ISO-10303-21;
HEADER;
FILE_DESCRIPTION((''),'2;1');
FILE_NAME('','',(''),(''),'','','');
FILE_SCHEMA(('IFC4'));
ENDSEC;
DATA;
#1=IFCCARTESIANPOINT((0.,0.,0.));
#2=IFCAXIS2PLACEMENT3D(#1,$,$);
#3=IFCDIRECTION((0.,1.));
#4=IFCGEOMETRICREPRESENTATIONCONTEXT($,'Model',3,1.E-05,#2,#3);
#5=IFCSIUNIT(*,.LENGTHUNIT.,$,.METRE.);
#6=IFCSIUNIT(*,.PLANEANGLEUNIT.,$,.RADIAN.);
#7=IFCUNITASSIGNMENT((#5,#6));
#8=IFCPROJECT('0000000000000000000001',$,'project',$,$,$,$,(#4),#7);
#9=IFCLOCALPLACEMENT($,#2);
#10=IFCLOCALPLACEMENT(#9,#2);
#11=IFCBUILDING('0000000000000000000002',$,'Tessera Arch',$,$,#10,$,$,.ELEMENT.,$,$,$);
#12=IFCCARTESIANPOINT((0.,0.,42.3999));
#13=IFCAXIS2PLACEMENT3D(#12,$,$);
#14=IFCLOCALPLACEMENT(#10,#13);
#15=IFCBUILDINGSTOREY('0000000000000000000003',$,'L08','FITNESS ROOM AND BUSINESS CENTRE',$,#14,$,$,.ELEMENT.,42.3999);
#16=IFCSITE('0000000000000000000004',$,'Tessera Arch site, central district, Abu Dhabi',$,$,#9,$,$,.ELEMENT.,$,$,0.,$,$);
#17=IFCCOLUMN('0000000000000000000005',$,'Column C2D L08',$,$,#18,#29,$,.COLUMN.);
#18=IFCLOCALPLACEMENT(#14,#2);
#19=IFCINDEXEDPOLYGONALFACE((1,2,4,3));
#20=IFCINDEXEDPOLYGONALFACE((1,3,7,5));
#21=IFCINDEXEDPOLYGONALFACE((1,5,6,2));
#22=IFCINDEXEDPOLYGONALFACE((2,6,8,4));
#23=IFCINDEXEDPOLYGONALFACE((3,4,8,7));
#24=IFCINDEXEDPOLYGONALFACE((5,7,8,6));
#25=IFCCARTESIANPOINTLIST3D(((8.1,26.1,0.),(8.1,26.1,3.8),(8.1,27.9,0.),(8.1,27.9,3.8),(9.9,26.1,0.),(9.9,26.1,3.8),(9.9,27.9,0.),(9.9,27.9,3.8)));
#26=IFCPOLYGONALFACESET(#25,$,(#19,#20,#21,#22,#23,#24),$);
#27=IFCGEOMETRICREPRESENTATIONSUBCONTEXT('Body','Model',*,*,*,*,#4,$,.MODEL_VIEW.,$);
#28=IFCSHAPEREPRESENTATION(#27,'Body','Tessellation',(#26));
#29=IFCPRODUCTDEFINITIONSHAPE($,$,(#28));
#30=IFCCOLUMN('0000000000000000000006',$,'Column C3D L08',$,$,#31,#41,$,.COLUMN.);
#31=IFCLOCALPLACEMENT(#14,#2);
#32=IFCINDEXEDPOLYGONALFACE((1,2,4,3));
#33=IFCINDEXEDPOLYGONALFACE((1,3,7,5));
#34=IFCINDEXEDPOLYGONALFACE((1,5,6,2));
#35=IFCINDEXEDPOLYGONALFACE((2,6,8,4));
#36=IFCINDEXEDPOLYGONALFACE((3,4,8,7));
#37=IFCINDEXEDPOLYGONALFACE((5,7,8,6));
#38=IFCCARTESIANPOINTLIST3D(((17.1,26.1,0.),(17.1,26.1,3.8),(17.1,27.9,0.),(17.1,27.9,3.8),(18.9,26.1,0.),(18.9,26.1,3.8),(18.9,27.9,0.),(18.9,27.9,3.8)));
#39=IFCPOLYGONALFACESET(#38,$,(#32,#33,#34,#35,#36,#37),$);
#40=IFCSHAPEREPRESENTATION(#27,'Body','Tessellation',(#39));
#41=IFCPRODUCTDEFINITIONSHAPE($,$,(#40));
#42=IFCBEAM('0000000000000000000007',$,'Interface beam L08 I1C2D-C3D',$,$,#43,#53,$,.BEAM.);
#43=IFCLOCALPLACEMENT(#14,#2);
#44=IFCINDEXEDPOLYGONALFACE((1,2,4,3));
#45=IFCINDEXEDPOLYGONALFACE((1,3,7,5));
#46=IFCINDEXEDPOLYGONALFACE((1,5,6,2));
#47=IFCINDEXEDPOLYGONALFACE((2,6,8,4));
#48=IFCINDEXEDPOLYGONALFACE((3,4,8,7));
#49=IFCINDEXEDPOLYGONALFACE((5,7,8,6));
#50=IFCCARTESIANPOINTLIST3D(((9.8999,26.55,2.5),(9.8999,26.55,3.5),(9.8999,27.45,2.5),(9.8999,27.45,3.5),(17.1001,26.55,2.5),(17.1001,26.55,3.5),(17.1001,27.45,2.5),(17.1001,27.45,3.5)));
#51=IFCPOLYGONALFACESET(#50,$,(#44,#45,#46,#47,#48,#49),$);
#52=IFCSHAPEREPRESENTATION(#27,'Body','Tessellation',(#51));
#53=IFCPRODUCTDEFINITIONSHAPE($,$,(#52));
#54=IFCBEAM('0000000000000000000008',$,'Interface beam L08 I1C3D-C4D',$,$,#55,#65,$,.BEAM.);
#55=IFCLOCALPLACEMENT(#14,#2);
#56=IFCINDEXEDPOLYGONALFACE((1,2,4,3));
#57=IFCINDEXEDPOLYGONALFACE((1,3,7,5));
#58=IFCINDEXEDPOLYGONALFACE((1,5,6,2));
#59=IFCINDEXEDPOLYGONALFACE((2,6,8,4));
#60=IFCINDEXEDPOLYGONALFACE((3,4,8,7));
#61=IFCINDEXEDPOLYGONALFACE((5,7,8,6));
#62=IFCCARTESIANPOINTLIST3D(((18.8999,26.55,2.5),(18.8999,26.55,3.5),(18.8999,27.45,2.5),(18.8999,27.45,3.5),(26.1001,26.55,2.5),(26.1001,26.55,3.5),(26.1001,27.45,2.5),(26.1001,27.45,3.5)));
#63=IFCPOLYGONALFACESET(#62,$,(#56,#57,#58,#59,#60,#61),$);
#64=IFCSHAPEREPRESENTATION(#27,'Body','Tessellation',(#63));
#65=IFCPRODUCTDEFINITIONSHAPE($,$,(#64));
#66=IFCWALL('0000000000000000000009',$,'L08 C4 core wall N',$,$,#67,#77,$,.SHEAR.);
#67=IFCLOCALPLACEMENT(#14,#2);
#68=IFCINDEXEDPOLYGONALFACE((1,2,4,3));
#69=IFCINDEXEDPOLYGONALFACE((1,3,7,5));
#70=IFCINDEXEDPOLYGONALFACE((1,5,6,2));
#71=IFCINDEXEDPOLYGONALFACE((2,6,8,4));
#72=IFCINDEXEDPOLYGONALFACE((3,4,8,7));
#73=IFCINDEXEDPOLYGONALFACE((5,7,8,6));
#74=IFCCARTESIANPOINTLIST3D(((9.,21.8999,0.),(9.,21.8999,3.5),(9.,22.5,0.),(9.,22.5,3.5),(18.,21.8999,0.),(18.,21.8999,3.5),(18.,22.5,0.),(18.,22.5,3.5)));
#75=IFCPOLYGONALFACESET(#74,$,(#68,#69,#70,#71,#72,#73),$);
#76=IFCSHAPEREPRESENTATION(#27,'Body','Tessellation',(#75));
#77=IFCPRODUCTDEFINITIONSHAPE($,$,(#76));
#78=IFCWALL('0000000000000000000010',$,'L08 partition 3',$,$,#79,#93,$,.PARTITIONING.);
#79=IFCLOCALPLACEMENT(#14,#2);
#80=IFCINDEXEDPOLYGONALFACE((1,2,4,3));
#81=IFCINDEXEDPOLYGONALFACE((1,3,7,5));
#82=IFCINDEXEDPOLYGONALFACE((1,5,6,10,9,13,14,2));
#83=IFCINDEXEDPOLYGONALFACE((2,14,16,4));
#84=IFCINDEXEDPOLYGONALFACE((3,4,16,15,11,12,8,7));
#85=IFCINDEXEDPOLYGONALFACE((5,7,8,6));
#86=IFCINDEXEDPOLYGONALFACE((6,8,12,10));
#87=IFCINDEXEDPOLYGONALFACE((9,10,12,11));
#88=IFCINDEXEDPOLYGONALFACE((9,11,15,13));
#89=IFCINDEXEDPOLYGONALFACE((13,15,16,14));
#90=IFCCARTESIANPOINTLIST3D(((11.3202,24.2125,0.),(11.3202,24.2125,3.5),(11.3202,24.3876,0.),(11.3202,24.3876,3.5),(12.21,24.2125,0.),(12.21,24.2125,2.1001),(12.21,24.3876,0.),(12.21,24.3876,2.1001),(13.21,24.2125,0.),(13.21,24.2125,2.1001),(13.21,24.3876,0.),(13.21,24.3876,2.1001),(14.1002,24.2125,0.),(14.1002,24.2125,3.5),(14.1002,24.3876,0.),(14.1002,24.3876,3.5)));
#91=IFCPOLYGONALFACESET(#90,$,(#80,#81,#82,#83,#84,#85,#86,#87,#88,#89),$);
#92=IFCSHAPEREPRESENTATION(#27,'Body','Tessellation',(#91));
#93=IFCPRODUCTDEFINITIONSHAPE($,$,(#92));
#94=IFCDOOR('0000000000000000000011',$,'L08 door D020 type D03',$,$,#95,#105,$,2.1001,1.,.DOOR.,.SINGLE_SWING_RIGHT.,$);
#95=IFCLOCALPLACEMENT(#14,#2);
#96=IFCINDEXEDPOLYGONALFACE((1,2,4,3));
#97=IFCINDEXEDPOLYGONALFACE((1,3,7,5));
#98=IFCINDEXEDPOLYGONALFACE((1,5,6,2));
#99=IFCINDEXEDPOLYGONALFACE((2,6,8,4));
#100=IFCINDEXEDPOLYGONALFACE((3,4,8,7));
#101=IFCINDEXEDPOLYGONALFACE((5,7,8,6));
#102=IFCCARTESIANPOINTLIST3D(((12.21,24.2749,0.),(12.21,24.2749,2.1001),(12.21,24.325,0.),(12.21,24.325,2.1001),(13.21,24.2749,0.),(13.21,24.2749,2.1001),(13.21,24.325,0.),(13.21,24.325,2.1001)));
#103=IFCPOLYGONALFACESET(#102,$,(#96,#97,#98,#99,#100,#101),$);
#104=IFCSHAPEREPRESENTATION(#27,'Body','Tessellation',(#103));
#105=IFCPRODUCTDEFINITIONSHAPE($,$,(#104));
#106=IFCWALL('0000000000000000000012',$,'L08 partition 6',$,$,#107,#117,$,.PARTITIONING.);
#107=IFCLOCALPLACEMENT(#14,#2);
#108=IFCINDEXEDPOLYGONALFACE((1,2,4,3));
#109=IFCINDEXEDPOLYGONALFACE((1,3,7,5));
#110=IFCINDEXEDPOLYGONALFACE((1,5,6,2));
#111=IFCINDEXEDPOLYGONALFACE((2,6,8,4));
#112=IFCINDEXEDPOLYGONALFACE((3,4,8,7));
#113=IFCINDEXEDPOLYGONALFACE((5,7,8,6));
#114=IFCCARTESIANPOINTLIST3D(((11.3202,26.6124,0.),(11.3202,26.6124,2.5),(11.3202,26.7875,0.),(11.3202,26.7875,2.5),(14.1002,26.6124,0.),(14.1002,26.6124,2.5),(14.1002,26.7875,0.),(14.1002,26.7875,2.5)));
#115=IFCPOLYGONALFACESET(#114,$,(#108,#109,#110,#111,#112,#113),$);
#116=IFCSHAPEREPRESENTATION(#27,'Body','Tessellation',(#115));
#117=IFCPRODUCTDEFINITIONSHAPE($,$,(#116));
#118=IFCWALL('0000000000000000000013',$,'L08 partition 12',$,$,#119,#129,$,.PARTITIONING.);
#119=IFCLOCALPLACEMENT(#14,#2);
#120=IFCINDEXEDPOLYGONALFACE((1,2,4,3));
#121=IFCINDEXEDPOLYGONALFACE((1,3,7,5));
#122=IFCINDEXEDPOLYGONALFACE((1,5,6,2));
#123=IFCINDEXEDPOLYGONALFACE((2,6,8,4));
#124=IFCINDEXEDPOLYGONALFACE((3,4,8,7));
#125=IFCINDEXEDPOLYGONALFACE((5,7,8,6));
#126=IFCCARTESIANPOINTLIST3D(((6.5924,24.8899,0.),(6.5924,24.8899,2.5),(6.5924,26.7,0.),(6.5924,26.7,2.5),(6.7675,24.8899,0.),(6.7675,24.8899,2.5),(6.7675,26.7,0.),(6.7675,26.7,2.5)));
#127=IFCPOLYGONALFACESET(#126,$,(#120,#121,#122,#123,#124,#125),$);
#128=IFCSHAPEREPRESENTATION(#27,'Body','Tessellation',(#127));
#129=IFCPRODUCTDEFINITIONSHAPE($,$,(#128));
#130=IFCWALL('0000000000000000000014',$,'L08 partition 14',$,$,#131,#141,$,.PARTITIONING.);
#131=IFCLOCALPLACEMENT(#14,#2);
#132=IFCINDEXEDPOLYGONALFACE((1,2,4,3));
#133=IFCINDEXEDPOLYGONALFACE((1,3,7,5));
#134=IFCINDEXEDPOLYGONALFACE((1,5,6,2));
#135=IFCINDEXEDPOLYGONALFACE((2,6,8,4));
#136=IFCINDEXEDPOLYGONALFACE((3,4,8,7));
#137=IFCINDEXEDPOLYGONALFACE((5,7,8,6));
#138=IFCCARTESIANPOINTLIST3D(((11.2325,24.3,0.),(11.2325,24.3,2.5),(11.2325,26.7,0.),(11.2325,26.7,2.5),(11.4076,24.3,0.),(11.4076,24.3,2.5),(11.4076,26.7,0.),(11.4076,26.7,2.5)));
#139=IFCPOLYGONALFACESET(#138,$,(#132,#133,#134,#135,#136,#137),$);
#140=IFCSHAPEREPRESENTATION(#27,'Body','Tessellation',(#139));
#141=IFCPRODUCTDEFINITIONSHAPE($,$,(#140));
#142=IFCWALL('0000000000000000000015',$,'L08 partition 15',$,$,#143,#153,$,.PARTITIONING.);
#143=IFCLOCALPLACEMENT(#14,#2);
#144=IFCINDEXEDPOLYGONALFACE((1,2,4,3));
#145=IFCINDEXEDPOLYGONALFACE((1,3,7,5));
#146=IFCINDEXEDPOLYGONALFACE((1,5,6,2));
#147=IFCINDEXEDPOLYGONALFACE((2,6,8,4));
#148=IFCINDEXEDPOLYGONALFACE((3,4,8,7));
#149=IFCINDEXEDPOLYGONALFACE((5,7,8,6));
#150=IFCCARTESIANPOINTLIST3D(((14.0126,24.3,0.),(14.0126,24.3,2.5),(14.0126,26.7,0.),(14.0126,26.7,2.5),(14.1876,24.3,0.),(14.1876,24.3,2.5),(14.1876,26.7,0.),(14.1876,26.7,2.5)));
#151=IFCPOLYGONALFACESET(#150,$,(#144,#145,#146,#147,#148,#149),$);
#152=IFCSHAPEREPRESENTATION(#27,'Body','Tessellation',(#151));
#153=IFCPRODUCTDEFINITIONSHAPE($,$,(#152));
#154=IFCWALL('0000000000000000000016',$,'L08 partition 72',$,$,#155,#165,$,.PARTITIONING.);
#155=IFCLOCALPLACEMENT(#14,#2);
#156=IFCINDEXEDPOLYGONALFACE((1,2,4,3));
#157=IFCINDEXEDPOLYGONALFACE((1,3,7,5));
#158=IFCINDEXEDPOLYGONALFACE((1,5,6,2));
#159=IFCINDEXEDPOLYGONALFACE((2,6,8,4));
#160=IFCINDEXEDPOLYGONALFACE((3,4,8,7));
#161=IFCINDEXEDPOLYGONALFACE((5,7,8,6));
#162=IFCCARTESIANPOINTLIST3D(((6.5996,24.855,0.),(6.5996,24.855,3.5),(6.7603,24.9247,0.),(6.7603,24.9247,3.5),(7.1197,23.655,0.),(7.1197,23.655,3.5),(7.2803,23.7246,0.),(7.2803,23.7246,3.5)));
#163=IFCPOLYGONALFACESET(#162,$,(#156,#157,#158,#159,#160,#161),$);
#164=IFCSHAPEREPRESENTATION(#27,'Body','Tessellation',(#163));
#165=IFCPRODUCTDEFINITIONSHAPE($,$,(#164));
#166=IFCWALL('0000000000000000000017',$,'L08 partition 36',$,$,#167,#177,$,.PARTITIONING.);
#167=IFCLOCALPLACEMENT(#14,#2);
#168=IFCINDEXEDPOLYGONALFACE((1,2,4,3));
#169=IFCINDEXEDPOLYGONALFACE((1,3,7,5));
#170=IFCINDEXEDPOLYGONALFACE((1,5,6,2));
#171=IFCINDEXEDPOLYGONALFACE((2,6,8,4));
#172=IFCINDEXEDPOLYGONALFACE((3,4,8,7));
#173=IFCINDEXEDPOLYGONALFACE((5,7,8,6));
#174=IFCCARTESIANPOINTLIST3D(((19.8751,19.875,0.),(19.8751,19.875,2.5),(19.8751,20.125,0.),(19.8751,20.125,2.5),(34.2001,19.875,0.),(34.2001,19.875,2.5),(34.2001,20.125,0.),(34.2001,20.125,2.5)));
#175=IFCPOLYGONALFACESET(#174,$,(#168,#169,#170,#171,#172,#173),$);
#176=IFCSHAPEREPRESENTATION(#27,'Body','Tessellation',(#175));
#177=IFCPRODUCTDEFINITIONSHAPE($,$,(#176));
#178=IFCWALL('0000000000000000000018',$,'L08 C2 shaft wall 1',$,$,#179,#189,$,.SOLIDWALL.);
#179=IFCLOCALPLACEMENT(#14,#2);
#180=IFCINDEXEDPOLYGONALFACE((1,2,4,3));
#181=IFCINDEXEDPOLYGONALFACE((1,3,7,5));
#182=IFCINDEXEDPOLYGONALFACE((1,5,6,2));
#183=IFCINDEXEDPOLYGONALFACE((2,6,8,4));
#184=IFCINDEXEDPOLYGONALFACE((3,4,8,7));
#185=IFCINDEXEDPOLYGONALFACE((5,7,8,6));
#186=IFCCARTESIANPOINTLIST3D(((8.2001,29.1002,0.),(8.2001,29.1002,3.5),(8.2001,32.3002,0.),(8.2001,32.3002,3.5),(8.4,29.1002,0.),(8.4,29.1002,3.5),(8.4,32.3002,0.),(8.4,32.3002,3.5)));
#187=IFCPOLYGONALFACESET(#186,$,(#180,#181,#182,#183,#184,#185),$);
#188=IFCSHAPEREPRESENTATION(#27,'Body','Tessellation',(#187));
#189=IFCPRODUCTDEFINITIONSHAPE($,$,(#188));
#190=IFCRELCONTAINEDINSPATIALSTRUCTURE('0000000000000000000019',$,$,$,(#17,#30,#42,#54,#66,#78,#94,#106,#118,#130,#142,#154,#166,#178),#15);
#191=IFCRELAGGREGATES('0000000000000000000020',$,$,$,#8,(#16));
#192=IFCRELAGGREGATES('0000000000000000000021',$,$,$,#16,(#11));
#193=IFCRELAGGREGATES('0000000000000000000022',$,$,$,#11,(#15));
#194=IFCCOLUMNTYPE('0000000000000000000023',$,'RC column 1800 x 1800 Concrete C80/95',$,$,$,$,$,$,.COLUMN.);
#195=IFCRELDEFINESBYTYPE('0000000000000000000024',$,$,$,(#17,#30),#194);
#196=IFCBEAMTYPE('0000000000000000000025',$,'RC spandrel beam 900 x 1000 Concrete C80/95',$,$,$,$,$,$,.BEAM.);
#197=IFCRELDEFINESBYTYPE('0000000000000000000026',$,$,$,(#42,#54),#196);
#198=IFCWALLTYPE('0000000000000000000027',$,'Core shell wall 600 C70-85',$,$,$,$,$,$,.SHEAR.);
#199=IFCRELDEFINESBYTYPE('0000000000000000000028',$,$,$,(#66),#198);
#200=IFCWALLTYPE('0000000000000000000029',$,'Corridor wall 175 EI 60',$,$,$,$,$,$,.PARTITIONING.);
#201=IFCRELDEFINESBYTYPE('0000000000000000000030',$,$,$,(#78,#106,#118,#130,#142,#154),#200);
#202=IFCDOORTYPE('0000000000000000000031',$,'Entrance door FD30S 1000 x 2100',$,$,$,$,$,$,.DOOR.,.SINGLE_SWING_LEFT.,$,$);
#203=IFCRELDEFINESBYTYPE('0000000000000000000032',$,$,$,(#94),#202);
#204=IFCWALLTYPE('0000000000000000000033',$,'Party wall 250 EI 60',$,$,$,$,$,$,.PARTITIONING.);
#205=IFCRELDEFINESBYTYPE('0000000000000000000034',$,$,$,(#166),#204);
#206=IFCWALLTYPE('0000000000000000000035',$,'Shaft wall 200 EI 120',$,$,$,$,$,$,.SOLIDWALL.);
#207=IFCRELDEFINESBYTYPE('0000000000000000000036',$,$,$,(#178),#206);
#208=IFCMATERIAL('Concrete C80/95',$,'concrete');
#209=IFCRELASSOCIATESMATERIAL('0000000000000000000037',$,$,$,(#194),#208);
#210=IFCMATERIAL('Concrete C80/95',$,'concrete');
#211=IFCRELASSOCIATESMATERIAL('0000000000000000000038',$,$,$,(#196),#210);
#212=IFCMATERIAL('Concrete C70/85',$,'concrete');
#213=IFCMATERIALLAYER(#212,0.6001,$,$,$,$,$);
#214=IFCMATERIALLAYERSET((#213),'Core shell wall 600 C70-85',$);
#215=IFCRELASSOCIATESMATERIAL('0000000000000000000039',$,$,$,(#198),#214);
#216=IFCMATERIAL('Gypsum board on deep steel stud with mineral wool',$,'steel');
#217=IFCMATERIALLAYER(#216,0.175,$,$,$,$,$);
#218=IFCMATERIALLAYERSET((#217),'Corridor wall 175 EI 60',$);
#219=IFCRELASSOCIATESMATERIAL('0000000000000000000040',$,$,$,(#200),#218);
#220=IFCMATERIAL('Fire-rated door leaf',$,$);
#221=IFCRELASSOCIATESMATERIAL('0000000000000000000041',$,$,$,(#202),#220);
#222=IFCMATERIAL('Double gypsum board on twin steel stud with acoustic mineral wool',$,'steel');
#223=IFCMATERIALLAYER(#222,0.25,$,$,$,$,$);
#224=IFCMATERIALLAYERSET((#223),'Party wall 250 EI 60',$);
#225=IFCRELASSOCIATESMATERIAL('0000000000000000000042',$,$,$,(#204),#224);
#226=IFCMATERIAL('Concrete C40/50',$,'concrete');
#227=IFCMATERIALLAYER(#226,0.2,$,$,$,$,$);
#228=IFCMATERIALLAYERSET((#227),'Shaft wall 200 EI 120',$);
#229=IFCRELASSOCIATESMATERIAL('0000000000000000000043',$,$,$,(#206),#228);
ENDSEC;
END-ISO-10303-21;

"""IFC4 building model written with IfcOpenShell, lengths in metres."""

from ifc_helpers import new_model, si_unit, direction, frame, frame_2d, origin, origin_2d, place, context, subcontext, project, spatial, rectangle, extrude, material, layer, layer_set, material_profile, profile_set, type_object, element, fill, save


model = new_model("IFC4")

# Units and contexts
model_context = context("Model", 3, precision=1e-05, world=origin(), true_north=direction((0.0, 1.0)))
body_context = subcontext(model_context, "Body", "Model", "MODEL_VIEW")
ifc_project = project(units=[si_unit("LENGTHUNIT", "METRE"), si_unit("PLANEANGLEUNIT", "RADIAN")], contexts=[model_context])

# Site, building, storey
site_placement = place(None, origin())
site = spatial("IfcSite", under=ifc_project, at=site_placement, Name="Tessera Arch site, central district, Abu Dhabi", CompositionType="ELEMENT", RefElevation=0.0)
building_placement = place(site_placement, origin())
building = spatial("IfcBuilding", under=site, at=building_placement, Name="Tessera Arch", CompositionType="ELEMENT")
storey_placement = place(building_placement, frame((0.0, 0.0, 42.3999)))
storey = spatial("IfcBuildingStorey", under=building, at=storey_placement, Name="L08", Description="FITNESS ROOM AND BUSINESS CENTRE", CompositionType="ELEMENT", Elevation=42.3999)

# Columns
ifc_material_1 = material(Name="Concrete C80/95", Category="concrete")
ifc_material_profile_1 = material_profile(ifc_material_1, rectangle(XDim=1.8, YDim=1.8, at=origin_2d()), Name="RC column 1800 x 1800 Concrete C80/95")
ifc_profile_set_1 = profile_set([ifc_material_profile_1], Name="Concrete C80/95")
column_type = type_object("IfcColumnType", Name="RC column 1800 x 1800 Concrete C80/95", PredefinedType="COLUMN", material=ifc_profile_set_1)
for number, where, z_axis, x_axis, name in (
    (1, (9.0, 27.0, 0.0), (0.0, 0.0, 1.0), (1.0, 0.0, 0.0), "Column C2D L08"),
    (2, (18.0, 27.0, 0.0), (0.0, 0.0, 1.0), (1.0, 0.0, 0.0), "Column C3D L08"),
):
    element("IfcColumn", number, at=place(storey_placement, frame(where, z_axis=z_axis, x_axis=x_axis)), inside=storey, type_object=column_type, Name=name, PredefinedType="COLUMN", context=body_context, shape_type="SweptSolid", body=[
        extrude(rectangle(XDim=1.8, YDim=1.8, at=origin_2d()), origin(), (0.0, 0.0, 1.0), 3.8),
    ])

# Beams
ifc_material_2 = material(Name="Concrete C80/95", Category="concrete")
ifc_material_profile_2 = material_profile(ifc_material_2, rectangle(XDim=0.8999, YDim=1.0, at=origin_2d()), Name="RC spandrel beam 900 x 1000 Concrete C80/95")
ifc_profile_set_2 = profile_set([ifc_material_profile_2], Name="Concrete C80/95")
beam_type = type_object("IfcBeamType", Name="RC spandrel beam 900 x 1000 Concrete C80/95", PredefinedType="BEAM", material=ifc_profile_set_2)
for number, where, z_axis, x_axis, name in (
    (3, (9.8999, 27.0, 3.0), (1.0, 0.0, 0.0), (0.0, 1.0, 0.0), "Interface beam L08 I1C2D-C3D"),
    (4, (18.8999, 27.0, 3.0), (1.0, 0.0, 0.0), (0.0, 1.0, 0.0), "Interface beam L08 I1C3D-C4D"),
):
    element("IfcBeam", number, at=place(storey_placement, frame(where, z_axis=z_axis, x_axis=x_axis)), inside=storey, type_object=beam_type, Name=name, PredefinedType="BEAM", context=body_context, shape_type="SweptSolid", body=[
        extrude(rectangle(XDim=0.8999, YDim=1.0, at=origin_2d()), origin(), (0.0, 0.0, 1.0), 7.2002),
    ])

# Wall
ifc_material_3 = material(Name="Concrete C70/85", Category="concrete")
ifc_layer_1 = layer(ifc_material_3, 0.6001)
ifc_layer_set_1 = layer_set([ifc_layer_1], Name="Core shell wall 600 C70-85")
wall_type_1 = type_object("IfcWallType", Name="Core shell wall 600 C70-85", PredefinedType="SHEAR", material=ifc_layer_set_1)
wall_1_placement = place(storey_placement, frame((9.0, 22.2, 0.0), z_axis=(0.0, 0.0, 1.0), x_axis=(1.0, 0.0, 0.0)))
element("IfcWall", 5, at=wall_1_placement, inside=storey, type_object=wall_type_1, Name="L08 C4 core wall N", PredefinedType="SHEAR", context=body_context, shape_type="SweptSolid", body=[
    extrude(rectangle(XDim=9.0, YDim=0.6001, at=frame_2d((4.5, 0.0))), origin(), (0.0, 0.0, 1.0), 3.5),
])

# Wall, opening, door
ifc_material_4 = material(Name="Gypsum board on deep steel stud with mineral wool", Category="steel")
ifc_layer_2 = layer(ifc_material_4, 0.175)
ifc_layer_set_2 = layer_set([ifc_layer_2], Name="Corridor wall 175 EI 60")
wall_type_2 = type_object("IfcWallType", Name="Corridor wall 175 EI 60", PredefinedType="PARTITIONING", material=ifc_layer_set_2)
wall_2_placement = place(storey_placement, frame((11.3201, 24.3, 0.0), z_axis=(0.0, 0.0, 1.0), x_axis=(1.0, 0.0, 0.0)))
wall_2 = element("IfcWall", 6, at=wall_2_placement, inside=storey, type_object=wall_type_2, Name="L08 partition 3", PredefinedType="PARTITIONING", context=body_context, shape_type="SweptSolid", body=[
    extrude(rectangle(XDim=2.78, YDim=0.175, at=frame_2d((1.3901, 0.0))), origin(), (0.0, 0.0, 1.0), 3.5),
])
opening_placement = place(wall_2_placement, frame((0.8899, 0.0, 0.0)))
opening = element("IfcOpeningElement", 7, at=opening_placement, cuts=wall_2, PredefinedType="OPENING", context=body_context, shape_type="SweptSolid", body=[
    extrude(rectangle(XDim=1.0, YDim=2.1001, at=frame_2d((0.5, 1.05))), frame((0.0, 0.0974, 0.0), z_axis=(0.0, -1.0, 0.0), x_axis=(1.0, 0.0, 0.0)), (0.0, 0.0, 1.0), 0.1951),
])
ifc_material_5 = material(Name="Fire-rated door leaf")
door_type = type_object("IfcDoorType", Name="Entrance door FD30S 1000 x 2100", OperationType="SINGLE_SWING_LEFT", PredefinedType="DOOR", material=ifc_material_5)
door_placement = place(opening_placement, origin())
door = element("IfcDoor", 8, at=door_placement, inside=storey, type_object=door_type, Name="L08 door D020 type D03", OperationType="SINGLE_SWING_RIGHT", OverallHeight=2.1001, OverallWidth=1.0, PredefinedType="DOOR", context=body_context, shape_type="SweptSolid", body=[
    extrude(rectangle(XDim=1.0, YDim=2.1001, at=frame_2d((0.5, 1.05))), frame((0.0, 0.0249, 0.0), z_axis=(0.0, -1.0, 0.0), x_axis=(1.0, 0.0, 0.0)), (0.0, 0.0, 1.0), 0.05),
])
fill(opening, door)

# Walls
wall_3_placement = place(storey_placement, frame((11.3201, 26.7, 0.0), z_axis=(0.0, 0.0, 1.0), x_axis=(1.0, 0.0, 0.0)))
element("IfcWall", 9, at=wall_3_placement, inside=storey, type_object=wall_type_2, Name="L08 partition 6", PredefinedType="PARTITIONING", context=body_context, shape_type="SweptSolid", body=[
    extrude(rectangle(XDim=2.78, YDim=0.175, at=frame_2d((1.3901, 0.0))), origin(), (0.0, 0.0, 1.0), 2.5),
])
wall_4_placement = place(storey_placement, frame((6.6799, 24.8899, 0.0), z_axis=(0.0, 0.0, 1.0), x_axis=(0.0, 1.0, 0.0)))
element("IfcWall", 10, at=wall_4_placement, inside=storey, type_object=wall_type_2, Name="L08 partition 12", PredefinedType="PARTITIONING", context=body_context, shape_type="SweptSolid", body=[
    extrude(rectangle(XDim=1.8101, YDim=0.175, at=frame_2d((0.905, 0.0))), origin(), (0.0, 0.0, 1.0), 2.5),
])
for number, where, z_axis, x_axis, name in (
    (11, (11.3201, 24.3, 0.0), (0.0, 0.0, 1.0), (0.0, 1.0, 0.0), "L08 partition 14"),
    (12, (14.1001, 24.3, 0.0), (0.0, 0.0, 1.0), (0.0, 1.0, 0.0), "L08 partition 15"),
):
    element("IfcWall", number, at=place(storey_placement, frame(where, z_axis=z_axis, x_axis=x_axis)), inside=storey, type_object=wall_type_2, Name=name, PredefinedType="PARTITIONING", context=body_context, shape_type="SweptSolid", body=[
        extrude(rectangle(XDim=2.3999, YDim=0.175, at=frame_2d((1.2, 0.0))), origin(), (0.0, 0.0, 1.0), 2.5),
    ])
wall_5_placement = place(storey_placement, frame((7.2, 23.6899, 0.0), z_axis=(0.0, 0.0, 1.0), x_axis=(-0.397634, 0.917544, 0.0)))
element("IfcWall", 13, at=wall_5_placement, inside=storey, type_object=wall_type_2, Name="L08 partition 72", PredefinedType="PARTITIONING", context=body_context, shape_type="SweptSolid", body=[
    extrude(rectangle(XDim=1.3079, YDim=0.175, at=frame_2d((0.6538, 0.0))), origin(), (0.0, 0.0, 1.0), 3.5),
])
ifc_material_6 = material(Name="Double gypsum board on twin steel stud with acoustic mineral wool", Category="steel")
ifc_layer_3 = layer(ifc_material_6, 0.25)
ifc_layer_set_3 = layer_set([ifc_layer_3], Name="Party wall 250 EI 60")
wall_type_3 = type_object("IfcWallType", Name="Party wall 250 EI 60", PredefinedType="PARTITIONING", material=ifc_layer_set_3)
wall_6_placement = place(storey_placement, frame((19.875, 20.0, 0.0), z_axis=(0.0, 0.0, 1.0), x_axis=(1.0, 0.0, 0.0)))
element("IfcWall", 14, at=wall_6_placement, inside=storey, type_object=wall_type_3, Name="L08 partition 36", PredefinedType="PARTITIONING", context=body_context, shape_type="SweptSolid", body=[
    extrude(rectangle(XDim=14.325, YDim=0.25, at=frame_2d((7.1626, 0.0))), origin(), (0.0, 0.0, 1.0), 2.5),
])
ifc_material_7 = material(Name="Concrete C40/50", Category="concrete")
ifc_layer_4 = layer(ifc_material_7, 0.2)
ifc_layer_set_4 = layer_set([ifc_layer_4], Name="Shaft wall 200 EI 120")
wall_type_4 = type_object("IfcWallType", Name="Shaft wall 200 EI 120", PredefinedType="SOLIDWALL", material=ifc_layer_set_4)
for number, where, z_axis, x_axis, name in (
    (15, (8.3, 29.1001, 0.0), (0.0, 0.0, 1.0), (0.0, 1.0, 0.0), "L08 C2 shaft wall 1"),
):
    element("IfcWall", number, at=place(storey_placement, frame(where, z_axis=z_axis, x_axis=x_axis)), inside=storey, type_object=wall_type_4, Name=name, PredefinedType="SOLIDWALL", context=body_context, shape_type="SweptSolid", body=[
        extrude(rectangle(XDim=3.2, YDim=0.2, at=frame_2d((1.6001, 0.0))), origin(), (0.0, 0.0, 1.0), 3.5),
    ])

save(model, "model.ifc")
